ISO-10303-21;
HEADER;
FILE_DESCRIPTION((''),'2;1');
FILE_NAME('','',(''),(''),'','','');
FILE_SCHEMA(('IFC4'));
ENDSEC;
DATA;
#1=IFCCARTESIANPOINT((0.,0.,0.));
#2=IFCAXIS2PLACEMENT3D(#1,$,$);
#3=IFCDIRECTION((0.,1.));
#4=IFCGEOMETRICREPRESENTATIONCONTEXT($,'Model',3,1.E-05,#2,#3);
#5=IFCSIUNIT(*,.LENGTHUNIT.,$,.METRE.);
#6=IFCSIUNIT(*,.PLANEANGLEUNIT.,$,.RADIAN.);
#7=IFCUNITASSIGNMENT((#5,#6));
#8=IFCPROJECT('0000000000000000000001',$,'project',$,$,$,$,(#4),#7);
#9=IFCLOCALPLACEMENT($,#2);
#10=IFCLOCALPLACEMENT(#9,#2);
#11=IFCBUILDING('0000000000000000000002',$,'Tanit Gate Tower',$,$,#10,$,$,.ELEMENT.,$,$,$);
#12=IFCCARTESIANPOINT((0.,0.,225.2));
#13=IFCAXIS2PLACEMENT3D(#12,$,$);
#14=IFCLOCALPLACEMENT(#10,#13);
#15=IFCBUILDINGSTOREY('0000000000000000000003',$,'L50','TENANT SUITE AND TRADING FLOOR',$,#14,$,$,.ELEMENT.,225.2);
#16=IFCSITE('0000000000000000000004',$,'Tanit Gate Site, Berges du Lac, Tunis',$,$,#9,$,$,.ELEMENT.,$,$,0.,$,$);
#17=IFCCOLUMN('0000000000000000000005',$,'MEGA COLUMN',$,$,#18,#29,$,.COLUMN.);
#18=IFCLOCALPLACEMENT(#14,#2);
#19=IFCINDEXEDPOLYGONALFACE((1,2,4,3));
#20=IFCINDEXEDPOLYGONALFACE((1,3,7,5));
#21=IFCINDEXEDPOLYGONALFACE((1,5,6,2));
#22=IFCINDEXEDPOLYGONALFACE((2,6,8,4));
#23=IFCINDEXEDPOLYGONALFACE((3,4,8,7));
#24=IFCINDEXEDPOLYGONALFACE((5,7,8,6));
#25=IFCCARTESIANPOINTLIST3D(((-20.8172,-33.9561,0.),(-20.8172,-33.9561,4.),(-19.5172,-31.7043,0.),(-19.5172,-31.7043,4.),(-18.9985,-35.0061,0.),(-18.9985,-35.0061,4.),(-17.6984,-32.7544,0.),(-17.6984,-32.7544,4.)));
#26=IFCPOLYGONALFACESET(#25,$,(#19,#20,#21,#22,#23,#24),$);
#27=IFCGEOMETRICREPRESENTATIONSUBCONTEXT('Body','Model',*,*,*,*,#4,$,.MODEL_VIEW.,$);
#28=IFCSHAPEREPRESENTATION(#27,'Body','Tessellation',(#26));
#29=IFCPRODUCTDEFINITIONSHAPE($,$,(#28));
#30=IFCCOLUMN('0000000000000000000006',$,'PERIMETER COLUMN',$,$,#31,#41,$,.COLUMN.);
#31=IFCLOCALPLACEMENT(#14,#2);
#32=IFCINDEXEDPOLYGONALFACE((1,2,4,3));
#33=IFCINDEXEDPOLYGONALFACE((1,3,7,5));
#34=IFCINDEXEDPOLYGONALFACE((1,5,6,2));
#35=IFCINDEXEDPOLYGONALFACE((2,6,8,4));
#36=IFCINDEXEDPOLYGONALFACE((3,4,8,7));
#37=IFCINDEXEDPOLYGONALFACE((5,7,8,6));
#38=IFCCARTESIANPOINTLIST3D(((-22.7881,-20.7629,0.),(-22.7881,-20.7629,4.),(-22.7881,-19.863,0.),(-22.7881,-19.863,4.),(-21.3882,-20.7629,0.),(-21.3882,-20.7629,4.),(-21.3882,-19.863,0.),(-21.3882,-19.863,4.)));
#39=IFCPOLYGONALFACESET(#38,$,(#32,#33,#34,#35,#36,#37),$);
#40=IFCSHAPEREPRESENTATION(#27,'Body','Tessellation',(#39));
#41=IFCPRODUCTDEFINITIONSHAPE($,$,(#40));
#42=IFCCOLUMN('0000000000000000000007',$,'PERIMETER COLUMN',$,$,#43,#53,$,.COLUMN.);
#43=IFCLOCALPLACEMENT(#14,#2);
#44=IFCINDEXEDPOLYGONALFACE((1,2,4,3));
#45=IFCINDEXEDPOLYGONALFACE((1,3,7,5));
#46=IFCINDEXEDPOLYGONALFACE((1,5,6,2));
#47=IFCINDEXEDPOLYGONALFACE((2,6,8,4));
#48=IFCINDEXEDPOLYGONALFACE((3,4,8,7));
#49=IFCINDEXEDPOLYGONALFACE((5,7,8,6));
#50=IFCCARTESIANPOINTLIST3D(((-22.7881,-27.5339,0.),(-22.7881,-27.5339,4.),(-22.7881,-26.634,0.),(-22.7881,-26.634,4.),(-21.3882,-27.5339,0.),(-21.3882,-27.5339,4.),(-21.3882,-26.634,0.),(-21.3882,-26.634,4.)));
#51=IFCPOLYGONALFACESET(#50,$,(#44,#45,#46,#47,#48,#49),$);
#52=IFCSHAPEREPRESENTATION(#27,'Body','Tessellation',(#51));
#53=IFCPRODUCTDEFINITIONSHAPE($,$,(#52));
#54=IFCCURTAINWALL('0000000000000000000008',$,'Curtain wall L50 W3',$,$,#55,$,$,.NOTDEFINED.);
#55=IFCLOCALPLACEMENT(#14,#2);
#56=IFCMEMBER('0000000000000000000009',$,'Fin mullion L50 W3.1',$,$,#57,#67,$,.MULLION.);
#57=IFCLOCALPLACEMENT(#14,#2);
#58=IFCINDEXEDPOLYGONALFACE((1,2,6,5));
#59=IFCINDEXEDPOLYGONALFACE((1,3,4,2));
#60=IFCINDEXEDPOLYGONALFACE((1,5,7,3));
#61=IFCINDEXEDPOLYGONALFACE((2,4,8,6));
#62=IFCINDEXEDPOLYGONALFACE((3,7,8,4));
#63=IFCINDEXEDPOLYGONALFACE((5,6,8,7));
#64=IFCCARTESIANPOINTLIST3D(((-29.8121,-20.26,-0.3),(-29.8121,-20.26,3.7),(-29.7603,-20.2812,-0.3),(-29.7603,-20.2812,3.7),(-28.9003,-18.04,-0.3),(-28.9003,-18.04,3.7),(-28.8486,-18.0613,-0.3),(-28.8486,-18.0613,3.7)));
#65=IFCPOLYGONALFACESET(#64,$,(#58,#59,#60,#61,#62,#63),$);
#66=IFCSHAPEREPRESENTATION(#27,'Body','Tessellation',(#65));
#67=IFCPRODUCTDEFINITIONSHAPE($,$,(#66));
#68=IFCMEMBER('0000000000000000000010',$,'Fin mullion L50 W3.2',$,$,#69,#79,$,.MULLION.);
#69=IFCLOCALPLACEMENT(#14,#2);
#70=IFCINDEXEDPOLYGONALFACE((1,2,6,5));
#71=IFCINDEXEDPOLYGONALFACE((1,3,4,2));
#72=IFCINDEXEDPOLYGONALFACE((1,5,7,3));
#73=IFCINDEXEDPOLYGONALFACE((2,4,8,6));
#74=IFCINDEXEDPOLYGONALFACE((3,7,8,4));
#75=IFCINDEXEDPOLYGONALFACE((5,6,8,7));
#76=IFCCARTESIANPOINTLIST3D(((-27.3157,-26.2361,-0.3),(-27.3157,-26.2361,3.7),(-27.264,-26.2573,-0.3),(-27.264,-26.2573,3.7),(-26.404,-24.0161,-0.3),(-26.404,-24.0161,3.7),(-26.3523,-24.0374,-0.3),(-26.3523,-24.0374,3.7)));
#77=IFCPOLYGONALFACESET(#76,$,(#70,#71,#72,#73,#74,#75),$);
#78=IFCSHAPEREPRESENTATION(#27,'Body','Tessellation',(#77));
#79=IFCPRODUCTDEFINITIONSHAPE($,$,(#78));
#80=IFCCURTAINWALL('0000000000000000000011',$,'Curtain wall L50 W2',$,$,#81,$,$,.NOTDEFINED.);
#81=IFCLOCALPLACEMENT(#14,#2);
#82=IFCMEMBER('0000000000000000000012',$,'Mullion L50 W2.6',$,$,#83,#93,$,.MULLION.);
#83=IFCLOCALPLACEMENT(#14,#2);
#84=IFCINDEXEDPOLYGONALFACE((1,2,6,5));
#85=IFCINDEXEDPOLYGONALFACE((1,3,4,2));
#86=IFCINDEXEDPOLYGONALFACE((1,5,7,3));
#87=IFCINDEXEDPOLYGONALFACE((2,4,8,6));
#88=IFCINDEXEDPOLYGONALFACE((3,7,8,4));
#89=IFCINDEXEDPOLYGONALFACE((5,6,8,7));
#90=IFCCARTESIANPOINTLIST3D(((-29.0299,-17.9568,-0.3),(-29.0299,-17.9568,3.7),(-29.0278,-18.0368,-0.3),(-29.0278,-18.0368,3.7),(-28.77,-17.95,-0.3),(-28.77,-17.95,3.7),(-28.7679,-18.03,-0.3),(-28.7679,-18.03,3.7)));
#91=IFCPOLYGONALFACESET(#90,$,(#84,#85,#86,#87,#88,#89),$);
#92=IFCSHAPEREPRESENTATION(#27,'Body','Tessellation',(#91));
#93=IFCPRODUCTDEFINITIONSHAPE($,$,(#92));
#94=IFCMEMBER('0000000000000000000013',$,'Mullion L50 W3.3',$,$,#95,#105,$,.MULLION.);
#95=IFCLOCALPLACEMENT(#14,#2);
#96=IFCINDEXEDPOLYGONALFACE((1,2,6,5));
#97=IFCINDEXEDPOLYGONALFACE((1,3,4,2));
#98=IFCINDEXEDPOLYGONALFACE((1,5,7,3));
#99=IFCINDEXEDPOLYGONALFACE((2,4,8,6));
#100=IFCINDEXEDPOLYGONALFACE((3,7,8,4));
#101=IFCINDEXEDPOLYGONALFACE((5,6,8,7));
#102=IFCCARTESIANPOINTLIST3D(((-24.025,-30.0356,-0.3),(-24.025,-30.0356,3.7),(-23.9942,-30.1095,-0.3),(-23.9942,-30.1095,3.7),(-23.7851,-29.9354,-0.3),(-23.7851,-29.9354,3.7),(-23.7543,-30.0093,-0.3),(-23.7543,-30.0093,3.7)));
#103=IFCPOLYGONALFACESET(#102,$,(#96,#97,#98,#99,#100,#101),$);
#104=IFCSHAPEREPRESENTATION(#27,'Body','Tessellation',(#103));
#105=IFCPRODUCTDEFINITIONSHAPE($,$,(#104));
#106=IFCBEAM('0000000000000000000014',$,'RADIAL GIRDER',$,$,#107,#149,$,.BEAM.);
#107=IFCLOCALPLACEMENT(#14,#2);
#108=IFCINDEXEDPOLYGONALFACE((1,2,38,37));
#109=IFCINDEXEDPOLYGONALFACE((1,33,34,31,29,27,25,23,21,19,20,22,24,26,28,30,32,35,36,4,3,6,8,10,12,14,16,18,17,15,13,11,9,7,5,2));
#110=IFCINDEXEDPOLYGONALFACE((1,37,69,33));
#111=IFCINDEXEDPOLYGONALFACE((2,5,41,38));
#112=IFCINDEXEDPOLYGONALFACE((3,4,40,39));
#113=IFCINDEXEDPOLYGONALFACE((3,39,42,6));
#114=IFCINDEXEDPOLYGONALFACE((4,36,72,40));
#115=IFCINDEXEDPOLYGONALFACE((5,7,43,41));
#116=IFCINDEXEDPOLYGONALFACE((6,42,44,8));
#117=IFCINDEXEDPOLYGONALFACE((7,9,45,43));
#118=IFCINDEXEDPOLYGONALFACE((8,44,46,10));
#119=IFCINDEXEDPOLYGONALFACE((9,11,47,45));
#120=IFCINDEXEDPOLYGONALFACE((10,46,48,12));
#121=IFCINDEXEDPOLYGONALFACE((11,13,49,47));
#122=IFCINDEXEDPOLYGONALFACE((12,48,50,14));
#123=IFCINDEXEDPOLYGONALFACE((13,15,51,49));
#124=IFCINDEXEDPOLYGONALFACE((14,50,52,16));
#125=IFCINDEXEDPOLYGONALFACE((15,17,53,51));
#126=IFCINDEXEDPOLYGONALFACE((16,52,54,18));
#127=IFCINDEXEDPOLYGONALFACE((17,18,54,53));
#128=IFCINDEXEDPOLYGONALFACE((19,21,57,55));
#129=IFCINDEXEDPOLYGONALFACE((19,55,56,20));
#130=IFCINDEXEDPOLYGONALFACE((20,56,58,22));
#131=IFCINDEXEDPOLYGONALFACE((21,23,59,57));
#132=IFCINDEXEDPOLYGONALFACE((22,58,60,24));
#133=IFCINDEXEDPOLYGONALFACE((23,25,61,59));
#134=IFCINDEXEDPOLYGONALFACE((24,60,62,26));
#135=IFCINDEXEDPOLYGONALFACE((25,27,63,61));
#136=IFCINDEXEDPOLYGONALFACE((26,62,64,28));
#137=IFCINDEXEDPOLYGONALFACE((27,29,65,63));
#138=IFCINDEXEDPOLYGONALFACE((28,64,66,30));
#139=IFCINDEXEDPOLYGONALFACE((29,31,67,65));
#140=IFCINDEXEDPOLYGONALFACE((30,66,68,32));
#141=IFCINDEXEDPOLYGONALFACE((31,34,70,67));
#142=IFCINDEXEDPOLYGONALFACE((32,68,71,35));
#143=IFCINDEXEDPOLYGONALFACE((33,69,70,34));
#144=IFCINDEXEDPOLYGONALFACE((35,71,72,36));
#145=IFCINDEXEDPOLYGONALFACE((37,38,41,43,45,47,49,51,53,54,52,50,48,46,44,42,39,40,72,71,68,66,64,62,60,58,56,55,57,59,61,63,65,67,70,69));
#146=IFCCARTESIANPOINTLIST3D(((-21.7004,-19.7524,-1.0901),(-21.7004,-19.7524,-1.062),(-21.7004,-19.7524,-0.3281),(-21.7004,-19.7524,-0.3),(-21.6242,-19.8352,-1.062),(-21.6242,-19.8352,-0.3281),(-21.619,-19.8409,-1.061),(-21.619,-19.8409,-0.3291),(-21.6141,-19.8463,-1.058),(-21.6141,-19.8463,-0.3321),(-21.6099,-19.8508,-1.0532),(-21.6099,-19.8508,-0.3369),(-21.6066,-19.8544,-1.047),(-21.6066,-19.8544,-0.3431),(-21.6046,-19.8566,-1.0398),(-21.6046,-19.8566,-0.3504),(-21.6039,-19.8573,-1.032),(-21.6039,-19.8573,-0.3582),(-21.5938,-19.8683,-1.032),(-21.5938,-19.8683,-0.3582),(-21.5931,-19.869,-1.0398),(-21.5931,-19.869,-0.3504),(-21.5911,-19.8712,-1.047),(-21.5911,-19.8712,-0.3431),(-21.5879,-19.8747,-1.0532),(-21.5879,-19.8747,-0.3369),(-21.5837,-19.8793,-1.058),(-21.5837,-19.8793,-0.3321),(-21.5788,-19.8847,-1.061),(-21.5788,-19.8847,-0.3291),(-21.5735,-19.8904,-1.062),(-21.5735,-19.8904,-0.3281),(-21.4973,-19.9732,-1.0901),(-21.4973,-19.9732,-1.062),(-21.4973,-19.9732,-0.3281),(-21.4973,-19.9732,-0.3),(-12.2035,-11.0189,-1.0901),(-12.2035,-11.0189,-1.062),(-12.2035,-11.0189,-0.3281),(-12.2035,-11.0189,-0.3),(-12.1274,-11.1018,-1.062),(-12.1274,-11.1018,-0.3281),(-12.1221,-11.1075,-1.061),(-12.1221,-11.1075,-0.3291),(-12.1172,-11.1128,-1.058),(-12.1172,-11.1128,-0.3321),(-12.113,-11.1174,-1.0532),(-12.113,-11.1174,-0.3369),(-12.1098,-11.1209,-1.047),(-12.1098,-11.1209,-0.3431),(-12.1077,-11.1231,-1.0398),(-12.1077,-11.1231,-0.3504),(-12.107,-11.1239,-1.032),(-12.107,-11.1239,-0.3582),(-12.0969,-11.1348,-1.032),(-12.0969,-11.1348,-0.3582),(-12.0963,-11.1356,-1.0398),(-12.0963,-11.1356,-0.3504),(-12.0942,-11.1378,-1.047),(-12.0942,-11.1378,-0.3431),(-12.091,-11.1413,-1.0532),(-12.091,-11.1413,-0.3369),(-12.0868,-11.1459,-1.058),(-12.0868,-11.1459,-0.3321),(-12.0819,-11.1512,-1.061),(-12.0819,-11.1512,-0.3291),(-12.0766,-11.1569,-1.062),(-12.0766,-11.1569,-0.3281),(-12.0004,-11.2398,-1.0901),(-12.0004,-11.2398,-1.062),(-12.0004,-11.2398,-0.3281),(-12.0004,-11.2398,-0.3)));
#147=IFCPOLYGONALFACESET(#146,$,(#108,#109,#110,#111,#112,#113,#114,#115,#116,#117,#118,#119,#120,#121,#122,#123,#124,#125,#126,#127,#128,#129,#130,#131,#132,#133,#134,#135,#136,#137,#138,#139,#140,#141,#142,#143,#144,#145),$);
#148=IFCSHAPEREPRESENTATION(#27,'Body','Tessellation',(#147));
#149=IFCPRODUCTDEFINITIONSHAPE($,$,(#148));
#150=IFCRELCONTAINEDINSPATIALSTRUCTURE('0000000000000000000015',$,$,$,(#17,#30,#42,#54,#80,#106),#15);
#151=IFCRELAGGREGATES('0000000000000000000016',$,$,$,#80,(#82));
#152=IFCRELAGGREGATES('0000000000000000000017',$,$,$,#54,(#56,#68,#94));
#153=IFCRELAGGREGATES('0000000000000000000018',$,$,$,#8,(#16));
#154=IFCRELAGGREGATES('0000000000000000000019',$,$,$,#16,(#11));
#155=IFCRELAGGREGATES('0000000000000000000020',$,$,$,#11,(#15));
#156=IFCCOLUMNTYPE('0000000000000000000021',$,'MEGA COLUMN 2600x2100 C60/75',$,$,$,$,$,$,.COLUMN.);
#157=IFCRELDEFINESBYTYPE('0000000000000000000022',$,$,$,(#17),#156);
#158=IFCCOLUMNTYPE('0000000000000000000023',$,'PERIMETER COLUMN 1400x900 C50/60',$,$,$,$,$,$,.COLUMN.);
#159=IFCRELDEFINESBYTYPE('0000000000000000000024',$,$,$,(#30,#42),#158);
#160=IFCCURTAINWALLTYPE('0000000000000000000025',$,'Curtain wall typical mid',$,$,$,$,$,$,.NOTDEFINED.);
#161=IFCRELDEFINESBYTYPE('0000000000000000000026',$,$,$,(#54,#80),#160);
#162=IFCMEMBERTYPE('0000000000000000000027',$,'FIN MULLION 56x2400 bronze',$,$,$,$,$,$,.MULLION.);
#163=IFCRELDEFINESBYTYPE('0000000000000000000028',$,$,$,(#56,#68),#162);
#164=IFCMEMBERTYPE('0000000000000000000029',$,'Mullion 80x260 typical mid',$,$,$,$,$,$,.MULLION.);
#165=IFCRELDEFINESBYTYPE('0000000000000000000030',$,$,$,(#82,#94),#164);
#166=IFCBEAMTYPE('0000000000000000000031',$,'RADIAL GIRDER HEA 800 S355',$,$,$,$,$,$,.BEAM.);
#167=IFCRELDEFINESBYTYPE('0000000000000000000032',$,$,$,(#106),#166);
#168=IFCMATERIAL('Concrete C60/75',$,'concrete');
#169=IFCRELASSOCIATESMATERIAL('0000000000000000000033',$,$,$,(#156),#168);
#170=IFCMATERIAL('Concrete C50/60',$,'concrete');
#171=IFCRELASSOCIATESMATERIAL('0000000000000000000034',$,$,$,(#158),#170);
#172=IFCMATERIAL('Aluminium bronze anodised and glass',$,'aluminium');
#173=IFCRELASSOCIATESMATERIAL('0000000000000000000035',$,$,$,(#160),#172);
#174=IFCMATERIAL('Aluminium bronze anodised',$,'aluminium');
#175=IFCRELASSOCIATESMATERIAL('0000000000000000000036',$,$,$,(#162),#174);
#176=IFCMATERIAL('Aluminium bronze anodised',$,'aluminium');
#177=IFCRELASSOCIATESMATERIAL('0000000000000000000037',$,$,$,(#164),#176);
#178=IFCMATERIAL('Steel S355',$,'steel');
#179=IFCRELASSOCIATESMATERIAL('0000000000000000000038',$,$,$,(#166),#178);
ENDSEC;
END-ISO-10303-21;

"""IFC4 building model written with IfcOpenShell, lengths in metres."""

from ifc_helpers import new_model, si_unit, direction, frame, origin, origin_2d, place, context, subcontext, project, spatial, rectangle, i_section, extrude, material, material_profile, profile_set, type_object, element, aggregate, save


model = new_model("IFC4")

# Units and contexts
model_context = context("Model", 3, precision=1e-05, world=origin(), true_north=direction((0.0, 1.0)))
body_context = subcontext(model_context, "Body", "Model", "MODEL_VIEW")
ifc_project = project(units=[si_unit("LENGTHUNIT", "METRE"), si_unit("PLANEANGLEUNIT", "RADIAN")], contexts=[model_context])

# Site, building, storey
site_placement = place(None, origin())
site = spatial("IfcSite", under=ifc_project, at=site_placement, Name="Tanit Gate Site, Berges du Lac, Tunis", CompositionType="ELEMENT", RefElevation=0.0)
building_placement = place(site_placement, origin())
building = spatial("IfcBuilding", under=site, at=building_placement, Name="Tanit Gate Tower", CompositionType="ELEMENT")
storey_placement = place(building_placement, frame((0.0, 0.0, 225.2)))
storey = spatial("IfcBuildingStorey", under=building, at=storey_placement, Name="L50", Description="TENANT SUITE AND TRADING FLOOR", CompositionType="ELEMENT", Elevation=225.2)

# Columns
ifc_material_1 = material(Name="Concrete C60/75", Category="concrete")
ifc_material_profile_1 = material_profile(ifc_material_1, rectangle(XDim=2.6001, YDim=2.1001, at=origin_2d()), Name="RC 2600x2100")
ifc_profile_set_1 = profile_set([ifc_material_profile_1], Name="Concrete C60/75")
column_type_1 = type_object("IfcColumnType", Name="MEGA COLUMN 2600x2100 C60/75", PredefinedType="COLUMN", material=ifc_profile_set_1)
column_placement = place(storey_placement, frame((-19.2578, -33.3552, 0.0), z_axis=(0.0, 0.0, 1.0), x_axis=(-0.5, -0.866025, 0.0)))
element("IfcColumn", 1, at=column_placement, inside=storey, type_object=column_type_1, Name="MEGA COLUMN", PredefinedType="COLUMN", context=body_context, shape_type="SweptSolid", body=[
    extrude(rectangle(XDim=2.6001, YDim=2.1001, at=origin_2d()), origin(), (0.0, 0.0, 1.0), 4.0),
])
ifc_material_2 = material(Name="Concrete C50/60", Category="concrete")
ifc_material_profile_2 = material_profile(ifc_material_2, rectangle(XDim=1.3999, YDim=0.8999, at=origin_2d()), Name="RC 1400x900")
ifc_profile_set_2 = profile_set([ifc_material_profile_2], Name="Concrete C50/60")
column_type_2 = type_object("IfcColumnType", Name="PERIMETER COLUMN 1400x900 C50/60", PredefinedType="COLUMN", material=ifc_profile_set_2)
for number, where, z_axis, x_axis, name in (
    (2, (-22.0881, -20.313, 0.0), (0.0, 0.0, 1.0), (-1.0, 0.0, 0.0), "PERIMETER COLUMN"),
    (3, (-22.0881, -27.084, 0.0), (0.0, 0.0, 1.0), (-1.0, 0.0, 0.0), "PERIMETER COLUMN"),
):
    element("IfcColumn", number, at=place(storey_placement, frame(where, z_axis=z_axis, x_axis=x_axis)), inside=storey, type_object=column_type_2, Name=name, PredefinedType="COLUMN", context=body_context, shape_type="SweptSolid", body=[
        extrude(rectangle(XDim=1.3999, YDim=0.8999, at=origin_2d()), origin(), (0.0, 0.0, 1.0), 4.0),
    ])

# Curtain wall, members
ifc_material_3 = material(Name="Aluminium bronze anodised and glass", Category="aluminium")
curtain_wall_type = type_object("IfcCurtainWallType", Name="Curtain wall typical mid", PredefinedType="NOTDEFINED", material=ifc_material_3)
curtain_wall_1_placement = place(storey_placement, origin())
curtain_wall_1 = element("IfcCurtainWall", 4, at=curtain_wall_1_placement, inside=storey, type_object=curtain_wall_type, Name="Curtain wall L50 W3", PredefinedType="NOTDEFINED")
ifc_material_4 = material(Name="Aluminium bronze anodised", Category="aluminium")
ifc_material_profile_3 = material_profile(ifc_material_4, rectangle(XDim=2.3999, YDim=0.0559, at=origin_2d()), Name="56x2400 bronze fin mullion")
ifc_profile_set_3 = profile_set([ifc_material_profile_3], Name="Aluminium bronze anodised")
member_type_1 = type_object("IfcMemberType", Name="FIN MULLION 56x2400 bronze", PredefinedType="MULLION", material=ifc_profile_set_3)
member_1_placement = place(storey_placement, frame((-29.3303, -19.1606, -0.3), z_axis=(0.0, 0.0, 1.0), x_axis=(0.379912, 0.925023, 0.0)))
member_1 = element("IfcMember", 5, at=member_1_placement, type_object=member_type_1, Name="Fin mullion L50 W3.1", PredefinedType="MULLION", context=body_context, shape_type="SweptSolid", body=[
    extrude(rectangle(XDim=2.3999, YDim=0.0559, at=origin_2d()), origin(), (0.0, 0.0, 1.0), 4.0),
])
member_2_placement = place(storey_placement, frame((-26.834, -25.1367, -0.3), z_axis=(0.0, 0.0, 1.0), x_axis=(0.379912, 0.925023, 0.0)))
member_2 = element("IfcMember", 6, at=member_2_placement, type_object=member_type_1, Name="Fin mullion L50 W3.2", PredefinedType="MULLION", context=body_context, shape_type="SweptSolid", body=[
    extrude(rectangle(XDim=2.3999, YDim=0.0559, at=origin_2d()), origin(), (0.0, 0.0, 1.0), 4.0),
])

# Curtain wall, member
curtain_wall_2_placement = place(storey_placement, origin())
curtain_wall_2 = element("IfcCurtainWall", 7, at=curtain_wall_2_placement, inside=storey, type_object=curtain_wall_type, Name="Curtain wall L50 W2", PredefinedType="NOTDEFINED")
ifc_material_5 = material(Name="Aluminium bronze anodised", Category="aluminium")
ifc_material_profile_4 = material_profile(ifc_material_5, rectangle(XDim=0.26, YDim=0.0801, at=origin_2d()), Name="80x260 bronze mullion")
ifc_profile_set_4 = profile_set([ifc_material_profile_4], Name="Aluminium bronze anodised")
member_type_2 = type_object("IfcMemberType", Name="Mullion 80x260 typical mid", PredefinedType="MULLION", material=ifc_profile_set_4)
member_3_placement = place(storey_placement, frame((-28.8989, -17.9934, -0.3), z_axis=(0.0, 0.0, 1.0), x_axis=(0.99966, 0.026063, 0.0)))
member_3 = element("IfcMember", 8, at=member_3_placement, type_object=member_type_2, Name="Mullion L50 W2.6", PredefinedType="MULLION", context=body_context, shape_type="SweptSolid", body=[
    extrude(rectangle(XDim=0.26, YDim=0.0801, at=origin_2d()), origin(), (0.0, 0.0, 1.0), 4.0),
])
aggregate(curtain_wall_2, [member_3])

# Member
member_4_placement = place(storey_placement, frame((-23.8896, -30.0225, -0.3), z_axis=(0.0, 0.0, 1.0), x_axis=(0.922728, 0.385451, 0.0)))
member_4 = element("IfcMember", 9, at=member_4_placement, type_object=member_type_2, Name="Mullion L50 W3.3", PredefinedType="MULLION", context=body_context, shape_type="SweptSolid", body=[
    extrude(rectangle(XDim=0.26, YDim=0.0801, at=origin_2d()), origin(), (0.0, 0.0, 1.0), 4.0),
])

# Beam
ifc_material_6 = material(Name="Steel S355", Category="steel")
ifc_material_profile_5 = material_profile(ifc_material_6, i_section(OverallWidth=0.3, OverallDepth=0.79, WebThickness=0.0149, FlangeThickness=0.0281, FilletRadius=0.03, at=origin_2d()), Name="HEA 800")
ifc_profile_set_5 = profile_set([ifc_material_profile_5], Name="Steel S355")
beam_type_1 = type_object("IfcBeamType", Name="RADIAL GIRDER HEA 800 S355", PredefinedType="BEAM", material=ifc_profile_set_5)
beam_1_placement = place(storey_placement, frame((-21.5989, -19.8628, -0.6951), z_axis=(0.736073, 0.676902, 0.0), x_axis=(-0.676902, 0.736073, 0.0)))
element("IfcBeam", 10, at=beam_1_placement, inside=storey, type_object=beam_type_1, Name="RADIAL GIRDER", PredefinedType="BEAM", context=body_context, shape_type="SweptSolid", body=[
    extrude(i_section(OverallWidth=0.3, OverallDepth=0.79, WebThickness=0.0149, FlangeThickness=0.0281, FilletRadius=0.03, at=origin_2d()), origin(), (0.0, 0.0, 1.0), 12.9021),
])

aggregate(curtain_wall_1, [member_1, member_2, member_4])

save(model, "model.ifc")
